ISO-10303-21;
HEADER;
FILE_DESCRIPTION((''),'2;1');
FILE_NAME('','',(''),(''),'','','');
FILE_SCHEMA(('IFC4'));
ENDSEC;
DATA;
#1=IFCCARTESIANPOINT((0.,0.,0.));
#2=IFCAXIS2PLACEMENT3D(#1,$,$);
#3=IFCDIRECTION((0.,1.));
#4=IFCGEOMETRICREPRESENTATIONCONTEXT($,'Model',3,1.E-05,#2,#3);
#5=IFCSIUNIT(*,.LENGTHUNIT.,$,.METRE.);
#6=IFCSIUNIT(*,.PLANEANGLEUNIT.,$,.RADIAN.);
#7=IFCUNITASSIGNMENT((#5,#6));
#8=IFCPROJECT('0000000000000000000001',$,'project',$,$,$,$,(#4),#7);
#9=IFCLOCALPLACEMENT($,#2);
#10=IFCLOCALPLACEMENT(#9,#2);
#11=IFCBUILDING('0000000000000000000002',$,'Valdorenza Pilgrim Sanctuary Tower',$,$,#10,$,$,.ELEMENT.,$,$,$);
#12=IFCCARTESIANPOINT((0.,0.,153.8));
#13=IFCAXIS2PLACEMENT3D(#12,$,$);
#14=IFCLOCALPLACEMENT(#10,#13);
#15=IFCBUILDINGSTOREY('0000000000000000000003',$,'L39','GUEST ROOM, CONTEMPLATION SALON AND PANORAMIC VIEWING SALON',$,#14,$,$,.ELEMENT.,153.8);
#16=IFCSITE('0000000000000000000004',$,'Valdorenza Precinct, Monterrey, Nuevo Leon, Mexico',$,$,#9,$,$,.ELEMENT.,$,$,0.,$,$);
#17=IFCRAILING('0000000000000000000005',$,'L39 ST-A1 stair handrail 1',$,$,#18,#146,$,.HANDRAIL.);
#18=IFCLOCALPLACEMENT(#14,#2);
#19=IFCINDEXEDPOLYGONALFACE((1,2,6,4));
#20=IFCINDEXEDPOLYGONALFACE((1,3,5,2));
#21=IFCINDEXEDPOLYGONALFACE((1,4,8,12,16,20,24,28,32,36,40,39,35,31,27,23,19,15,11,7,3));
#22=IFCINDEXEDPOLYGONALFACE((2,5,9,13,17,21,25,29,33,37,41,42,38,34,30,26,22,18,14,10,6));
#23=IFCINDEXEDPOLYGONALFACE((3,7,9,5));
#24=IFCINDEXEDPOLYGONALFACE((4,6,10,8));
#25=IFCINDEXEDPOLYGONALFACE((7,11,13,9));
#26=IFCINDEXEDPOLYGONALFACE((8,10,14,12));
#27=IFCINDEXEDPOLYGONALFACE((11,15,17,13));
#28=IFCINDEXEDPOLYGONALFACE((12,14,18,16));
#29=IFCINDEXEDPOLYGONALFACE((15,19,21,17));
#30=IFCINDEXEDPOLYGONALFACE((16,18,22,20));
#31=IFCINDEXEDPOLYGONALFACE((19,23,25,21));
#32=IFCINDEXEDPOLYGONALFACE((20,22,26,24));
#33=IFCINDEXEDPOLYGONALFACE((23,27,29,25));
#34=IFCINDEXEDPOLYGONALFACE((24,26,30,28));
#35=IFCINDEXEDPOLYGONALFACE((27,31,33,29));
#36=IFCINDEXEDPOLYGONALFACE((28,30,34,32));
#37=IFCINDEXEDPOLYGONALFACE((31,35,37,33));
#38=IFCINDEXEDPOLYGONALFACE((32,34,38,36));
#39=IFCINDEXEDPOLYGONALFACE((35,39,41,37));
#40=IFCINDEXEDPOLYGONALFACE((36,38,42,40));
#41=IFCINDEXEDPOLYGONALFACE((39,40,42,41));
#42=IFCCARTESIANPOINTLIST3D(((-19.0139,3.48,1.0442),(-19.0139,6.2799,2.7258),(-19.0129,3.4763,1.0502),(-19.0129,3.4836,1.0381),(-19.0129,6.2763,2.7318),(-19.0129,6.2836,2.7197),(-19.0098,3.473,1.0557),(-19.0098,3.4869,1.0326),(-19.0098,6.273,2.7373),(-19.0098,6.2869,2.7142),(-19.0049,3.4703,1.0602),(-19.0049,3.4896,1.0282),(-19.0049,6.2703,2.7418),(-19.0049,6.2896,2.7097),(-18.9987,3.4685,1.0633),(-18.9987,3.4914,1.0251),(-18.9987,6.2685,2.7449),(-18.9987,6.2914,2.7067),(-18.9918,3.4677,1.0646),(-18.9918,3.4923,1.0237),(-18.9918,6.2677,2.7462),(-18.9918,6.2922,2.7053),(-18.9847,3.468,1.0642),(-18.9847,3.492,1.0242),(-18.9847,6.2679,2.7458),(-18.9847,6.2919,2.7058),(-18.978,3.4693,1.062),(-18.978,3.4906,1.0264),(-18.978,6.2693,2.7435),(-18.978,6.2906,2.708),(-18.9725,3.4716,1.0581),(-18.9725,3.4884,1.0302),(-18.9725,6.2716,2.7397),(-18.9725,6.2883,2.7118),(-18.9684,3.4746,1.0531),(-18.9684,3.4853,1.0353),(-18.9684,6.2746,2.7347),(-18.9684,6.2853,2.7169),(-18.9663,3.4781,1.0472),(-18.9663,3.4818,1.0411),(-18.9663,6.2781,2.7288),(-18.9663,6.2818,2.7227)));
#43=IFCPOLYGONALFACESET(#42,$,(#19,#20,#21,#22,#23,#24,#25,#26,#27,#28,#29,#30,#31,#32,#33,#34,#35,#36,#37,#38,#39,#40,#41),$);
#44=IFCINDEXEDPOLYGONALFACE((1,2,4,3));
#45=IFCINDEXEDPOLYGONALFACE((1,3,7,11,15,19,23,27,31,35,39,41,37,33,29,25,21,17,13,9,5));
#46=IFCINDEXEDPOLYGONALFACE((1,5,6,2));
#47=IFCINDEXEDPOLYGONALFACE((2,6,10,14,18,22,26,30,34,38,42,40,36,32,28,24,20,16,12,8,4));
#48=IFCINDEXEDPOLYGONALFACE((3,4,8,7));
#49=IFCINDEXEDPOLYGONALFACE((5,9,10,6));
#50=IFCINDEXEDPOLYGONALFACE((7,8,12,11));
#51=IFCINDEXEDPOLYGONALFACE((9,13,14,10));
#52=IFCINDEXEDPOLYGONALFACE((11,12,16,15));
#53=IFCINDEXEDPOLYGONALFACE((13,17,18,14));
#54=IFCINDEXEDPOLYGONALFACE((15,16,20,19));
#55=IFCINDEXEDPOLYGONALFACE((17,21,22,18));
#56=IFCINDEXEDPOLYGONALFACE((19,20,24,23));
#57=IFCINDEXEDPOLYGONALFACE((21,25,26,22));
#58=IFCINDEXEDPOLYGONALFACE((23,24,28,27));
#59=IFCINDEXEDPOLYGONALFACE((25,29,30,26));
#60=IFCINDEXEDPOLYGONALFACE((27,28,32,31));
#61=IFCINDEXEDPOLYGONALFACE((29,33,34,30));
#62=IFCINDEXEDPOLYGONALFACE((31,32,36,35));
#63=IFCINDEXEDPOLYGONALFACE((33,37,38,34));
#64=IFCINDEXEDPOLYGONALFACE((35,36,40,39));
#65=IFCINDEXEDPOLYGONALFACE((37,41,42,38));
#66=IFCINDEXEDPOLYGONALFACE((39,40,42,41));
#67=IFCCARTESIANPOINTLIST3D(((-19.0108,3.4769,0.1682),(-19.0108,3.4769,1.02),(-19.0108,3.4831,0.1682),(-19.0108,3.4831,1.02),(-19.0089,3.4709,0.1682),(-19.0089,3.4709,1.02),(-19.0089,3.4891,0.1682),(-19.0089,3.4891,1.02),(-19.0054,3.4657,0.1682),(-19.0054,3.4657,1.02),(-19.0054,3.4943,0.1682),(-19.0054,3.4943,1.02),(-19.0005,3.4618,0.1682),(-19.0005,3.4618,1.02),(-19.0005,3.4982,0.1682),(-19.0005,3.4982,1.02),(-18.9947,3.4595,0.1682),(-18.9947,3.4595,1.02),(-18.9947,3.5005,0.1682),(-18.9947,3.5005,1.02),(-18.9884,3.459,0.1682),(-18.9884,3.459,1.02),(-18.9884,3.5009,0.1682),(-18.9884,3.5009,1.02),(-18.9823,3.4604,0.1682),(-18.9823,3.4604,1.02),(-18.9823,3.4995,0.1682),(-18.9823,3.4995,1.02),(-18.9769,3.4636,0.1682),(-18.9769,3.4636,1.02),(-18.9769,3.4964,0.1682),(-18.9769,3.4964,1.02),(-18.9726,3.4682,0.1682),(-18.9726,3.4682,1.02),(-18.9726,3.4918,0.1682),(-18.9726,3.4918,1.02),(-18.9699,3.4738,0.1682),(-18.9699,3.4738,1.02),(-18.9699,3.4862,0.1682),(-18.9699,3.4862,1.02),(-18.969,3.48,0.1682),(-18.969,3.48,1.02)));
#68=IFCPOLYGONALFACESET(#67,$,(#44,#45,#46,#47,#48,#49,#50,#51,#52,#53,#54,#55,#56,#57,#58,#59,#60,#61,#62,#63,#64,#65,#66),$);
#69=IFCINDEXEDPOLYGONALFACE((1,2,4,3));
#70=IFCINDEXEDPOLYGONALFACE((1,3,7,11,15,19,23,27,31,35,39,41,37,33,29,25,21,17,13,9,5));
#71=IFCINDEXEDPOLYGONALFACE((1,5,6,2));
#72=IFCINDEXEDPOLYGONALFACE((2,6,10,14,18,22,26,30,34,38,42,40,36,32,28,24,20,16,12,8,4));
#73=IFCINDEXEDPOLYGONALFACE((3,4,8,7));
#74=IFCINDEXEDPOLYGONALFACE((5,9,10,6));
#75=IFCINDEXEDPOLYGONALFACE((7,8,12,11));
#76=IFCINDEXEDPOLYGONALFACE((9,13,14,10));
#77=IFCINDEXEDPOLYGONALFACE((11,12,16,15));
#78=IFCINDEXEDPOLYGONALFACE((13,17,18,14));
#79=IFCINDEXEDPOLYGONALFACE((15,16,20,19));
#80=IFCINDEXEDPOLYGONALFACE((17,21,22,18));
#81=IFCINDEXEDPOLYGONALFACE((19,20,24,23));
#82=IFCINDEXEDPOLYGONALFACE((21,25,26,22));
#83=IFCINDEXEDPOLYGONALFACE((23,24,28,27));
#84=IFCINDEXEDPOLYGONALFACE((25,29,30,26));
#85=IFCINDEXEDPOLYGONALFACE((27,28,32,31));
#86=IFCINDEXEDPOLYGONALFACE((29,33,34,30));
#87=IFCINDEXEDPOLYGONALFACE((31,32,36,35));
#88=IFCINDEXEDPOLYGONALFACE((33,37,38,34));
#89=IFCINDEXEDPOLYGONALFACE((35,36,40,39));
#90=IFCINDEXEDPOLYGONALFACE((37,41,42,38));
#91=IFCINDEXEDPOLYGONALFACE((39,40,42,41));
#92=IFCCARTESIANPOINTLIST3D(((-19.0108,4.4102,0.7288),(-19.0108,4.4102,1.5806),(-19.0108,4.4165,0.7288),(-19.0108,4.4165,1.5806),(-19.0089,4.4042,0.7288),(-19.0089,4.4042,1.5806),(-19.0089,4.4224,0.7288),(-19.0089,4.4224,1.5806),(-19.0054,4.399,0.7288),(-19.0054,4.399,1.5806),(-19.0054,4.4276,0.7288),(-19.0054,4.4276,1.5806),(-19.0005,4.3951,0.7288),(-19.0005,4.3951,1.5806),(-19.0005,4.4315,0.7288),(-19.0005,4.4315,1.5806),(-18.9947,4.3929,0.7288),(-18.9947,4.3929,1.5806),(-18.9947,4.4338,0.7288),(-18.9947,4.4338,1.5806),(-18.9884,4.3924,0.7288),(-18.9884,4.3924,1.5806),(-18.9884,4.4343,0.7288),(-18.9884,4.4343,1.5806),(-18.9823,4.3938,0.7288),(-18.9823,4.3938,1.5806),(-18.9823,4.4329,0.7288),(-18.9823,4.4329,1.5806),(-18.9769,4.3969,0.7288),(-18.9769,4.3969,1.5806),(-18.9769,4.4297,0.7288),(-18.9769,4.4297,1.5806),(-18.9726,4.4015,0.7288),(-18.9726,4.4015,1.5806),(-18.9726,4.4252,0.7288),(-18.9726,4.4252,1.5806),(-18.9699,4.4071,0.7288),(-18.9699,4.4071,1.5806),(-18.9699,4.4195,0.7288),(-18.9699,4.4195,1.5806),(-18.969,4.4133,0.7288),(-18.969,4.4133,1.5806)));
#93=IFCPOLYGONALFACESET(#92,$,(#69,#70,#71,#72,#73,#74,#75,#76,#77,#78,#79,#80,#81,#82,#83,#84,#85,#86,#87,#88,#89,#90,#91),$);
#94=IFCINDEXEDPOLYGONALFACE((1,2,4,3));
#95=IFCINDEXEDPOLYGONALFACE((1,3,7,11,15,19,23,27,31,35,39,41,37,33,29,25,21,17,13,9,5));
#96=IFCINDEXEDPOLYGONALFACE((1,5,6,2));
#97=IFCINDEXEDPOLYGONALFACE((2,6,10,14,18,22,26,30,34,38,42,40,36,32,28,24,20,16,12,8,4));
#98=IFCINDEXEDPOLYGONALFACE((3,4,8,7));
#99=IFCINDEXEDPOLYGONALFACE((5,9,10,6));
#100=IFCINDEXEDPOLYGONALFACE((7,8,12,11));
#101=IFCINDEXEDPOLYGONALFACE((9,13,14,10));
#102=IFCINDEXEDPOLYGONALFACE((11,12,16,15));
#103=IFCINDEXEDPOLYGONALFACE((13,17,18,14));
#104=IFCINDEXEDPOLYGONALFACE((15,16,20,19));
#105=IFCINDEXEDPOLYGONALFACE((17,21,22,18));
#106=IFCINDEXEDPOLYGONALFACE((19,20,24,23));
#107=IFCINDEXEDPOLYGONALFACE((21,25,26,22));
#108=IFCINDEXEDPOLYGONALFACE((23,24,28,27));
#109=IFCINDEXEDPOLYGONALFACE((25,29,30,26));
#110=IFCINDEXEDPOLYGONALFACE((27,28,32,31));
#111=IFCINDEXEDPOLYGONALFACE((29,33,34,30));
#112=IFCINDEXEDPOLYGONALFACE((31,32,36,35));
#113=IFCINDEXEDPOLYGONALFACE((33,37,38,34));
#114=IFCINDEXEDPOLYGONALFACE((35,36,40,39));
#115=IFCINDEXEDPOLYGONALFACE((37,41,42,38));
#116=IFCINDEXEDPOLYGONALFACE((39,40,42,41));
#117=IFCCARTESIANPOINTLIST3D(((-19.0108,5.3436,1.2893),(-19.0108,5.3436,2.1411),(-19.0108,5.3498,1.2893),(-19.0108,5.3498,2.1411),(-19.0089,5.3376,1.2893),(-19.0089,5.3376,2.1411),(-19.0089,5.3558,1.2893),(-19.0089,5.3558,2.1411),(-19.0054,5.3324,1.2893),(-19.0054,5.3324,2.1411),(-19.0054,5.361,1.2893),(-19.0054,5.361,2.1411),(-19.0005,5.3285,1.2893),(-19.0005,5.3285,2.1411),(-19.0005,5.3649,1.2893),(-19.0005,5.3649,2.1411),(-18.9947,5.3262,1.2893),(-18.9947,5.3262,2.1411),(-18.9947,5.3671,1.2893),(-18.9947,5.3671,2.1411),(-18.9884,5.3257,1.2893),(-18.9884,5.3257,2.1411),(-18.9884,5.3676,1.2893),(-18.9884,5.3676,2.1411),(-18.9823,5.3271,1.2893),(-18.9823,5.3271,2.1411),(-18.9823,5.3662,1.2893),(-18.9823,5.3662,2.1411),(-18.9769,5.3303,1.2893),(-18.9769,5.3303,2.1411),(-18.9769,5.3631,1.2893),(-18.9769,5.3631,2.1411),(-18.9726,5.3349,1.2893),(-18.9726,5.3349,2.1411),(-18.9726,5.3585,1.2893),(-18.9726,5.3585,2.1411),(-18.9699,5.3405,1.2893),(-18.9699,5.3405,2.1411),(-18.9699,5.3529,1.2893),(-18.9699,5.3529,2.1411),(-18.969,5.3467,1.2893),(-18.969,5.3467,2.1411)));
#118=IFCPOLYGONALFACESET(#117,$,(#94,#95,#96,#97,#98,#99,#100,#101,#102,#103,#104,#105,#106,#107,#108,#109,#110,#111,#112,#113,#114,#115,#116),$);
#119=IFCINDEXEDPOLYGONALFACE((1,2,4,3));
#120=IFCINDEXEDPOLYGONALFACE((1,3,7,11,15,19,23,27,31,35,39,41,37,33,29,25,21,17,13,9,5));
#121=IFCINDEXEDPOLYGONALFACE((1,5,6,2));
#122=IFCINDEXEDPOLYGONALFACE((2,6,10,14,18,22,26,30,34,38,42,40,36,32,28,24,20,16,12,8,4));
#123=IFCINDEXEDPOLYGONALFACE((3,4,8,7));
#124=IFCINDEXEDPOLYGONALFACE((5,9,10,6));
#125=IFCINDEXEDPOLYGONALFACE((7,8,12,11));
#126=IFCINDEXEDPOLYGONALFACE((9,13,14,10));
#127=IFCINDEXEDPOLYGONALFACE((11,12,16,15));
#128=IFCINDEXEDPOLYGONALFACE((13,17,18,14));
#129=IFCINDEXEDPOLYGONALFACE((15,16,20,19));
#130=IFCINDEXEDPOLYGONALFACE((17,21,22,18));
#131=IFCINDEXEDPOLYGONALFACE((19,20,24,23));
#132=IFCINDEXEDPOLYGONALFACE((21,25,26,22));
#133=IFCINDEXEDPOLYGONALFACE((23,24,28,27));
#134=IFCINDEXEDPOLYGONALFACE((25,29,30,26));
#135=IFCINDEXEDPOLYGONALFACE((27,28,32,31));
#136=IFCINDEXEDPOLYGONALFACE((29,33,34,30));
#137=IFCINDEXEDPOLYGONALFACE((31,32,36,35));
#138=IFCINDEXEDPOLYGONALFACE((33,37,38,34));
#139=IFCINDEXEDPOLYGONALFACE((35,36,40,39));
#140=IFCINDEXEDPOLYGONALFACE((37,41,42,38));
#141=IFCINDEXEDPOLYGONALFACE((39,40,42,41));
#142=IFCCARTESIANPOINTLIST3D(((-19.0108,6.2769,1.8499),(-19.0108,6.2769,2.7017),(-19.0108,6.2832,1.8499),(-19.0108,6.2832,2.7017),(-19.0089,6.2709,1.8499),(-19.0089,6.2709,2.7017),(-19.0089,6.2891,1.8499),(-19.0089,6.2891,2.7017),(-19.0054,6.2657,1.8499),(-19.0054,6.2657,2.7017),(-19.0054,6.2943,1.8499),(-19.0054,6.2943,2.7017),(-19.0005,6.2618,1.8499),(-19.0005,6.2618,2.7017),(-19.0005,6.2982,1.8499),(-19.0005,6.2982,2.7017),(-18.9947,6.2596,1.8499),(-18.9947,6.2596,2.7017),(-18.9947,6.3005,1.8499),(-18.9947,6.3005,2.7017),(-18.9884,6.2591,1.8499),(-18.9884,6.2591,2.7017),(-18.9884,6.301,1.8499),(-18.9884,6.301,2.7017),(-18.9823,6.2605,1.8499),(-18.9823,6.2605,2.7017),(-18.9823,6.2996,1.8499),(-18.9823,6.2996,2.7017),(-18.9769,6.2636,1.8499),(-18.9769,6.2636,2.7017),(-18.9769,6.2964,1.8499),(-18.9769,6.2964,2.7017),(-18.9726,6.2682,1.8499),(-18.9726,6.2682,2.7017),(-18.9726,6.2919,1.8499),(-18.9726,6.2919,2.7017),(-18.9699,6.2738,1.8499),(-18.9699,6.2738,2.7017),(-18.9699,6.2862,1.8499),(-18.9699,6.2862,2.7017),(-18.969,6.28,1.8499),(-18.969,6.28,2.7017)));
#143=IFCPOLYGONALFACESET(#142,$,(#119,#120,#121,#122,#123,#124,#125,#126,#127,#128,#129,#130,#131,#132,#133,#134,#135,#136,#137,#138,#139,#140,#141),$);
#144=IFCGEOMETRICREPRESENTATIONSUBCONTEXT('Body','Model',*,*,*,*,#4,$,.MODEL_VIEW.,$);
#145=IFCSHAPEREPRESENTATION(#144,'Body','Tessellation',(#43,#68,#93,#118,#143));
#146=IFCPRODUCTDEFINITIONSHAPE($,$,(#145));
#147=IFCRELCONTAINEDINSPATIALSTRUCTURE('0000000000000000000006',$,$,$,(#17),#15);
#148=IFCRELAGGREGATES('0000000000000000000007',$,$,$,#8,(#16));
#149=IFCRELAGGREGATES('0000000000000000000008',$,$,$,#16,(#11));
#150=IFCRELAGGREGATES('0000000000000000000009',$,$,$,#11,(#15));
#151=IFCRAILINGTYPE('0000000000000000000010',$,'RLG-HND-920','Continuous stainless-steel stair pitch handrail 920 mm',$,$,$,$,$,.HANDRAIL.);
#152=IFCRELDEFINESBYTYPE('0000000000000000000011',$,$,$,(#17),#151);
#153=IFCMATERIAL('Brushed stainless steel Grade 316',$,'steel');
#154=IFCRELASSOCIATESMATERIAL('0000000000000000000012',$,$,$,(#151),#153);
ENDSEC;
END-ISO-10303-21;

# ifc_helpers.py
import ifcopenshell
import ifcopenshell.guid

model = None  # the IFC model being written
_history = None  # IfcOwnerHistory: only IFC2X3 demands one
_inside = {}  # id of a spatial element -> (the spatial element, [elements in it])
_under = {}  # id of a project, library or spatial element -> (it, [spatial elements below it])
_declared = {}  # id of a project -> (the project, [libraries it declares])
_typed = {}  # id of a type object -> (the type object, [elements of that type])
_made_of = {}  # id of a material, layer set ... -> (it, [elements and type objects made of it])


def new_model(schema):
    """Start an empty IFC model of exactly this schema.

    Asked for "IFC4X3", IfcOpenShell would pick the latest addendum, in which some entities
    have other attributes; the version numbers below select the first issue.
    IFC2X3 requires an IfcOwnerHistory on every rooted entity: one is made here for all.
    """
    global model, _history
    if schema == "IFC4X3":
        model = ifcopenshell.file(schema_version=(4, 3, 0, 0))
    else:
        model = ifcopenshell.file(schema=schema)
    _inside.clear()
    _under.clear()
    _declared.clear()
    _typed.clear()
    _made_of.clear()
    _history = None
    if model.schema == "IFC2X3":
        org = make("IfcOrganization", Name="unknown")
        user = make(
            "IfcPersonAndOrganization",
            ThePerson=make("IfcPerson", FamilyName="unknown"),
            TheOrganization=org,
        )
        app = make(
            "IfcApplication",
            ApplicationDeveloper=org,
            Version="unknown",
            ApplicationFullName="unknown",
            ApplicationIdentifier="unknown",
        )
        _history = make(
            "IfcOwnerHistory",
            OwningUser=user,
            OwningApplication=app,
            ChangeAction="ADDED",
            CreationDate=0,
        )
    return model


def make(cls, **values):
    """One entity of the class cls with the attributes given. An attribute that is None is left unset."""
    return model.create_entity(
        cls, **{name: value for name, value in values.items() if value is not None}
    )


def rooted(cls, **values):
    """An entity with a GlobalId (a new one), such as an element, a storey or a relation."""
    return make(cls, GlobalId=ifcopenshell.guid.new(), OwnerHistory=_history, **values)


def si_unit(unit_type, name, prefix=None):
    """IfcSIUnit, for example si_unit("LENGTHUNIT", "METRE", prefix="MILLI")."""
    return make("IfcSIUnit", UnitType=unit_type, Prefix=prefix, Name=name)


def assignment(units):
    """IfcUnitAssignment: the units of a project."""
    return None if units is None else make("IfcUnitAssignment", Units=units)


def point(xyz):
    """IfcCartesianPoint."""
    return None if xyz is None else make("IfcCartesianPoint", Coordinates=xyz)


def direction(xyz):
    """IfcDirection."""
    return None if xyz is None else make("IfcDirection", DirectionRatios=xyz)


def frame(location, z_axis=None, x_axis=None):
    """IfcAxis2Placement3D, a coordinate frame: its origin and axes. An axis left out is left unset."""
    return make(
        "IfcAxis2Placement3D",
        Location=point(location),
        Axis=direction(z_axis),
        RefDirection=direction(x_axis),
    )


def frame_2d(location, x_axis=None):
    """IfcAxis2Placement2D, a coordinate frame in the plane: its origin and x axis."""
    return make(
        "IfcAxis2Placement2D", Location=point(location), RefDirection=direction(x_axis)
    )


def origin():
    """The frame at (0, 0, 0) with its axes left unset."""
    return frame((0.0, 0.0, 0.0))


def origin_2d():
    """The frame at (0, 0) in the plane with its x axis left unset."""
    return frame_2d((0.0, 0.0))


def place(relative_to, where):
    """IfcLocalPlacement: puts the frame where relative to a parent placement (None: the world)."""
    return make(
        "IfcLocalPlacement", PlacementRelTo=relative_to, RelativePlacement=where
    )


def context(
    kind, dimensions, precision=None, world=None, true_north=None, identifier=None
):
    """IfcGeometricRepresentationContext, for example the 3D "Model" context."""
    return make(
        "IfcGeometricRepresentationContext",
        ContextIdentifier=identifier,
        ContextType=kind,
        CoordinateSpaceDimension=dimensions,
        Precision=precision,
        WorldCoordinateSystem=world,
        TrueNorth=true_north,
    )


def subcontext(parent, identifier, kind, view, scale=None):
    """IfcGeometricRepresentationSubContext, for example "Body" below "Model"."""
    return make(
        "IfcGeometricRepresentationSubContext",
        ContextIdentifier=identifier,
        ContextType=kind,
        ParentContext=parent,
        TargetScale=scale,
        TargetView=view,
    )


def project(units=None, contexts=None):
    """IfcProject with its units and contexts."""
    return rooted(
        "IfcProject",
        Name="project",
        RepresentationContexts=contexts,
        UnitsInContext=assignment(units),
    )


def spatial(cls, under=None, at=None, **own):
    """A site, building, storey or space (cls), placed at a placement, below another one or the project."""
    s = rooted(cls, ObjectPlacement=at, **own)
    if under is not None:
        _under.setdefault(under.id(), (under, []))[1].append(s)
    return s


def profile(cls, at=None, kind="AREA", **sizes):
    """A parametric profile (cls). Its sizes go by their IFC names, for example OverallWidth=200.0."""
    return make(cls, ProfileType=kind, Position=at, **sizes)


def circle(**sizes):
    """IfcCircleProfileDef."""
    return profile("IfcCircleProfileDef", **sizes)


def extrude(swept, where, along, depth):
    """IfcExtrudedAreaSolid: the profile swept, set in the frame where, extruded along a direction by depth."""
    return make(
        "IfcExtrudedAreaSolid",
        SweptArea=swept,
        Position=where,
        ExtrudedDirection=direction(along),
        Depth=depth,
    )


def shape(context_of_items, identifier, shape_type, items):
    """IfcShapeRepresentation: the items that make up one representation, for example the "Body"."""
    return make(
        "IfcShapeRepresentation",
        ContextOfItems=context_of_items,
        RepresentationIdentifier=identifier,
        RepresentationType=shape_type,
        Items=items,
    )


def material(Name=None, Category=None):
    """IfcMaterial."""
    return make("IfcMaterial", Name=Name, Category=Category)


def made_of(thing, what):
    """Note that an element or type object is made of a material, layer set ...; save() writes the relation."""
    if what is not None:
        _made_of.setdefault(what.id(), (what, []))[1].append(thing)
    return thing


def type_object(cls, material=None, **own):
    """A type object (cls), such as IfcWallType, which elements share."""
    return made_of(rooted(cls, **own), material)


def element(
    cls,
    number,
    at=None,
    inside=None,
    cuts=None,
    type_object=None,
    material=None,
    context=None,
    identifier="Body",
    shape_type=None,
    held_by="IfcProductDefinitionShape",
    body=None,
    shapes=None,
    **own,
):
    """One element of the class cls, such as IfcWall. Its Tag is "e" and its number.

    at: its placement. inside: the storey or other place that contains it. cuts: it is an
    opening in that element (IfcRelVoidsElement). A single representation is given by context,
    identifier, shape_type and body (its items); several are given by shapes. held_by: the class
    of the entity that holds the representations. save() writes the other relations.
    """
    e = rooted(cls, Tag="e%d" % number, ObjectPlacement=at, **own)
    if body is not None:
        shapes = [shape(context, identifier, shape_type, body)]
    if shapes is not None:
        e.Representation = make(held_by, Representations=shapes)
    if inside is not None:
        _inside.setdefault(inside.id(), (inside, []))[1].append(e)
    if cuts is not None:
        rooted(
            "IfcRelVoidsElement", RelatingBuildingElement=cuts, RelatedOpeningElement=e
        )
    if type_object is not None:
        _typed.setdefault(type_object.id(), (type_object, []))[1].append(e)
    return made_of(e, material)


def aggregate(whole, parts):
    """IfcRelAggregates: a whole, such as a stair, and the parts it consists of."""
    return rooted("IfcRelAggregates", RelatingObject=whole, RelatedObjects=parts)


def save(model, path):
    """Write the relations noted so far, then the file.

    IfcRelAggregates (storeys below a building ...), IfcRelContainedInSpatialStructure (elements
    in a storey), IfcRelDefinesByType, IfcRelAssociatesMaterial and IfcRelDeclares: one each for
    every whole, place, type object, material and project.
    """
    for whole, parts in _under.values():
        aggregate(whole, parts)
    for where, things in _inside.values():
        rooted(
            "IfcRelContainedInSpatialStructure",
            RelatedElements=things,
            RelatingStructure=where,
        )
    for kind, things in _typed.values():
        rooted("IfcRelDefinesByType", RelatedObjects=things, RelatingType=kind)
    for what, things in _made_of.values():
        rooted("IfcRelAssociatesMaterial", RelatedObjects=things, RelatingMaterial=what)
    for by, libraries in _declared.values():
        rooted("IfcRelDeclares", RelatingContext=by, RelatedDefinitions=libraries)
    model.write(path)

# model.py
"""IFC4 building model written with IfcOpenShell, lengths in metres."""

from ifc_helpers import new_model, si_unit, direction, frame, origin, origin_2d, place, context, subcontext, project, spatial, circle, extrude, material, type_object, element, save


model = new_model("IFC4")

# Units and contexts
model_context = context("Model", 3, precision=1e-05, world=origin(), true_north=direction((0.0, 1.0)))
body_context = subcontext(model_context, "Body", "Model", "MODEL_VIEW")
ifc_project = project(units=[si_unit("LENGTHUNIT", "METRE"), si_unit("PLANEANGLEUNIT", "RADIAN")], contexts=[model_context])

# Site, building, storey
site_placement = place(None, origin())
site = spatial("IfcSite", under=ifc_project, at=site_placement, Name="Valdorenza Precinct, Monterrey, Nuevo Leon, Mexico", CompositionType="ELEMENT", RefElevation=0.0)
building_placement = place(site_placement, origin())
building = spatial("IfcBuilding", under=site, at=building_placement, Name="Valdorenza Pilgrim Sanctuary Tower", CompositionType="ELEMENT")
storey_placement = place(building_placement, frame((0.0, 0.0, 153.8)))
storey = spatial("IfcBuildingStorey", under=building, at=storey_placement, Name="L39", Description="GUEST ROOM, CONTEMPLATION SALON AND PANORAMIC VIEWING SALON", CompositionType="ELEMENT", Elevation=153.8)

# Railing
ifc_material_1 = material(Name="Brushed stainless steel Grade 316", Category="steel")
railing_type_1 = type_object("IfcRailingType", Name="RLG-HND-920", Description="Continuous stainless-steel stair pitch handrail 920 mm", PredefinedType="HANDRAIL", material=ifc_material_1)
railing_1_placement = place(storey_placement, frame((-18.99, 3.48, 0.1682)))
element("IfcRailing", 1, at=railing_1_placement, inside=storey, type_object=railing_type_1, Name="L39 ST-A1 stair handrail 1", PredefinedType="HANDRAIL", context=body_context, shape_type="SweptSolid", body=[
    extrude(circle(Radius=0.0239, at=origin_2d()), frame((0.0, 0.0, 0.876), z_axis=(0.0, 0.857275, 0.514858), x_axis=(-1.0, 0.0, 0.0)), (0.0, 0.0, 1.0), 3.2661),
    extrude(circle(Radius=0.021, at=origin_2d()), origin(), (0.0, 0.0, 1.0), 0.8518),
    extrude(circle(Radius=0.021, at=origin_2d()), frame((0.0, 0.9333, 0.5605)), (0.0, 0.0, 1.0), 0.8518),
    extrude(circle(Radius=0.021, at=origin_2d()), frame((0.0, 1.8667, 1.1211)), (0.0, 0.0, 1.0), 0.8518),
    extrude(circle(Radius=0.021, at=origin_2d()), frame((0.0, 2.8, 1.6816)), (0.0, 0.0, 1.0), 0.8518),
])

save(model, "model.ifc")
